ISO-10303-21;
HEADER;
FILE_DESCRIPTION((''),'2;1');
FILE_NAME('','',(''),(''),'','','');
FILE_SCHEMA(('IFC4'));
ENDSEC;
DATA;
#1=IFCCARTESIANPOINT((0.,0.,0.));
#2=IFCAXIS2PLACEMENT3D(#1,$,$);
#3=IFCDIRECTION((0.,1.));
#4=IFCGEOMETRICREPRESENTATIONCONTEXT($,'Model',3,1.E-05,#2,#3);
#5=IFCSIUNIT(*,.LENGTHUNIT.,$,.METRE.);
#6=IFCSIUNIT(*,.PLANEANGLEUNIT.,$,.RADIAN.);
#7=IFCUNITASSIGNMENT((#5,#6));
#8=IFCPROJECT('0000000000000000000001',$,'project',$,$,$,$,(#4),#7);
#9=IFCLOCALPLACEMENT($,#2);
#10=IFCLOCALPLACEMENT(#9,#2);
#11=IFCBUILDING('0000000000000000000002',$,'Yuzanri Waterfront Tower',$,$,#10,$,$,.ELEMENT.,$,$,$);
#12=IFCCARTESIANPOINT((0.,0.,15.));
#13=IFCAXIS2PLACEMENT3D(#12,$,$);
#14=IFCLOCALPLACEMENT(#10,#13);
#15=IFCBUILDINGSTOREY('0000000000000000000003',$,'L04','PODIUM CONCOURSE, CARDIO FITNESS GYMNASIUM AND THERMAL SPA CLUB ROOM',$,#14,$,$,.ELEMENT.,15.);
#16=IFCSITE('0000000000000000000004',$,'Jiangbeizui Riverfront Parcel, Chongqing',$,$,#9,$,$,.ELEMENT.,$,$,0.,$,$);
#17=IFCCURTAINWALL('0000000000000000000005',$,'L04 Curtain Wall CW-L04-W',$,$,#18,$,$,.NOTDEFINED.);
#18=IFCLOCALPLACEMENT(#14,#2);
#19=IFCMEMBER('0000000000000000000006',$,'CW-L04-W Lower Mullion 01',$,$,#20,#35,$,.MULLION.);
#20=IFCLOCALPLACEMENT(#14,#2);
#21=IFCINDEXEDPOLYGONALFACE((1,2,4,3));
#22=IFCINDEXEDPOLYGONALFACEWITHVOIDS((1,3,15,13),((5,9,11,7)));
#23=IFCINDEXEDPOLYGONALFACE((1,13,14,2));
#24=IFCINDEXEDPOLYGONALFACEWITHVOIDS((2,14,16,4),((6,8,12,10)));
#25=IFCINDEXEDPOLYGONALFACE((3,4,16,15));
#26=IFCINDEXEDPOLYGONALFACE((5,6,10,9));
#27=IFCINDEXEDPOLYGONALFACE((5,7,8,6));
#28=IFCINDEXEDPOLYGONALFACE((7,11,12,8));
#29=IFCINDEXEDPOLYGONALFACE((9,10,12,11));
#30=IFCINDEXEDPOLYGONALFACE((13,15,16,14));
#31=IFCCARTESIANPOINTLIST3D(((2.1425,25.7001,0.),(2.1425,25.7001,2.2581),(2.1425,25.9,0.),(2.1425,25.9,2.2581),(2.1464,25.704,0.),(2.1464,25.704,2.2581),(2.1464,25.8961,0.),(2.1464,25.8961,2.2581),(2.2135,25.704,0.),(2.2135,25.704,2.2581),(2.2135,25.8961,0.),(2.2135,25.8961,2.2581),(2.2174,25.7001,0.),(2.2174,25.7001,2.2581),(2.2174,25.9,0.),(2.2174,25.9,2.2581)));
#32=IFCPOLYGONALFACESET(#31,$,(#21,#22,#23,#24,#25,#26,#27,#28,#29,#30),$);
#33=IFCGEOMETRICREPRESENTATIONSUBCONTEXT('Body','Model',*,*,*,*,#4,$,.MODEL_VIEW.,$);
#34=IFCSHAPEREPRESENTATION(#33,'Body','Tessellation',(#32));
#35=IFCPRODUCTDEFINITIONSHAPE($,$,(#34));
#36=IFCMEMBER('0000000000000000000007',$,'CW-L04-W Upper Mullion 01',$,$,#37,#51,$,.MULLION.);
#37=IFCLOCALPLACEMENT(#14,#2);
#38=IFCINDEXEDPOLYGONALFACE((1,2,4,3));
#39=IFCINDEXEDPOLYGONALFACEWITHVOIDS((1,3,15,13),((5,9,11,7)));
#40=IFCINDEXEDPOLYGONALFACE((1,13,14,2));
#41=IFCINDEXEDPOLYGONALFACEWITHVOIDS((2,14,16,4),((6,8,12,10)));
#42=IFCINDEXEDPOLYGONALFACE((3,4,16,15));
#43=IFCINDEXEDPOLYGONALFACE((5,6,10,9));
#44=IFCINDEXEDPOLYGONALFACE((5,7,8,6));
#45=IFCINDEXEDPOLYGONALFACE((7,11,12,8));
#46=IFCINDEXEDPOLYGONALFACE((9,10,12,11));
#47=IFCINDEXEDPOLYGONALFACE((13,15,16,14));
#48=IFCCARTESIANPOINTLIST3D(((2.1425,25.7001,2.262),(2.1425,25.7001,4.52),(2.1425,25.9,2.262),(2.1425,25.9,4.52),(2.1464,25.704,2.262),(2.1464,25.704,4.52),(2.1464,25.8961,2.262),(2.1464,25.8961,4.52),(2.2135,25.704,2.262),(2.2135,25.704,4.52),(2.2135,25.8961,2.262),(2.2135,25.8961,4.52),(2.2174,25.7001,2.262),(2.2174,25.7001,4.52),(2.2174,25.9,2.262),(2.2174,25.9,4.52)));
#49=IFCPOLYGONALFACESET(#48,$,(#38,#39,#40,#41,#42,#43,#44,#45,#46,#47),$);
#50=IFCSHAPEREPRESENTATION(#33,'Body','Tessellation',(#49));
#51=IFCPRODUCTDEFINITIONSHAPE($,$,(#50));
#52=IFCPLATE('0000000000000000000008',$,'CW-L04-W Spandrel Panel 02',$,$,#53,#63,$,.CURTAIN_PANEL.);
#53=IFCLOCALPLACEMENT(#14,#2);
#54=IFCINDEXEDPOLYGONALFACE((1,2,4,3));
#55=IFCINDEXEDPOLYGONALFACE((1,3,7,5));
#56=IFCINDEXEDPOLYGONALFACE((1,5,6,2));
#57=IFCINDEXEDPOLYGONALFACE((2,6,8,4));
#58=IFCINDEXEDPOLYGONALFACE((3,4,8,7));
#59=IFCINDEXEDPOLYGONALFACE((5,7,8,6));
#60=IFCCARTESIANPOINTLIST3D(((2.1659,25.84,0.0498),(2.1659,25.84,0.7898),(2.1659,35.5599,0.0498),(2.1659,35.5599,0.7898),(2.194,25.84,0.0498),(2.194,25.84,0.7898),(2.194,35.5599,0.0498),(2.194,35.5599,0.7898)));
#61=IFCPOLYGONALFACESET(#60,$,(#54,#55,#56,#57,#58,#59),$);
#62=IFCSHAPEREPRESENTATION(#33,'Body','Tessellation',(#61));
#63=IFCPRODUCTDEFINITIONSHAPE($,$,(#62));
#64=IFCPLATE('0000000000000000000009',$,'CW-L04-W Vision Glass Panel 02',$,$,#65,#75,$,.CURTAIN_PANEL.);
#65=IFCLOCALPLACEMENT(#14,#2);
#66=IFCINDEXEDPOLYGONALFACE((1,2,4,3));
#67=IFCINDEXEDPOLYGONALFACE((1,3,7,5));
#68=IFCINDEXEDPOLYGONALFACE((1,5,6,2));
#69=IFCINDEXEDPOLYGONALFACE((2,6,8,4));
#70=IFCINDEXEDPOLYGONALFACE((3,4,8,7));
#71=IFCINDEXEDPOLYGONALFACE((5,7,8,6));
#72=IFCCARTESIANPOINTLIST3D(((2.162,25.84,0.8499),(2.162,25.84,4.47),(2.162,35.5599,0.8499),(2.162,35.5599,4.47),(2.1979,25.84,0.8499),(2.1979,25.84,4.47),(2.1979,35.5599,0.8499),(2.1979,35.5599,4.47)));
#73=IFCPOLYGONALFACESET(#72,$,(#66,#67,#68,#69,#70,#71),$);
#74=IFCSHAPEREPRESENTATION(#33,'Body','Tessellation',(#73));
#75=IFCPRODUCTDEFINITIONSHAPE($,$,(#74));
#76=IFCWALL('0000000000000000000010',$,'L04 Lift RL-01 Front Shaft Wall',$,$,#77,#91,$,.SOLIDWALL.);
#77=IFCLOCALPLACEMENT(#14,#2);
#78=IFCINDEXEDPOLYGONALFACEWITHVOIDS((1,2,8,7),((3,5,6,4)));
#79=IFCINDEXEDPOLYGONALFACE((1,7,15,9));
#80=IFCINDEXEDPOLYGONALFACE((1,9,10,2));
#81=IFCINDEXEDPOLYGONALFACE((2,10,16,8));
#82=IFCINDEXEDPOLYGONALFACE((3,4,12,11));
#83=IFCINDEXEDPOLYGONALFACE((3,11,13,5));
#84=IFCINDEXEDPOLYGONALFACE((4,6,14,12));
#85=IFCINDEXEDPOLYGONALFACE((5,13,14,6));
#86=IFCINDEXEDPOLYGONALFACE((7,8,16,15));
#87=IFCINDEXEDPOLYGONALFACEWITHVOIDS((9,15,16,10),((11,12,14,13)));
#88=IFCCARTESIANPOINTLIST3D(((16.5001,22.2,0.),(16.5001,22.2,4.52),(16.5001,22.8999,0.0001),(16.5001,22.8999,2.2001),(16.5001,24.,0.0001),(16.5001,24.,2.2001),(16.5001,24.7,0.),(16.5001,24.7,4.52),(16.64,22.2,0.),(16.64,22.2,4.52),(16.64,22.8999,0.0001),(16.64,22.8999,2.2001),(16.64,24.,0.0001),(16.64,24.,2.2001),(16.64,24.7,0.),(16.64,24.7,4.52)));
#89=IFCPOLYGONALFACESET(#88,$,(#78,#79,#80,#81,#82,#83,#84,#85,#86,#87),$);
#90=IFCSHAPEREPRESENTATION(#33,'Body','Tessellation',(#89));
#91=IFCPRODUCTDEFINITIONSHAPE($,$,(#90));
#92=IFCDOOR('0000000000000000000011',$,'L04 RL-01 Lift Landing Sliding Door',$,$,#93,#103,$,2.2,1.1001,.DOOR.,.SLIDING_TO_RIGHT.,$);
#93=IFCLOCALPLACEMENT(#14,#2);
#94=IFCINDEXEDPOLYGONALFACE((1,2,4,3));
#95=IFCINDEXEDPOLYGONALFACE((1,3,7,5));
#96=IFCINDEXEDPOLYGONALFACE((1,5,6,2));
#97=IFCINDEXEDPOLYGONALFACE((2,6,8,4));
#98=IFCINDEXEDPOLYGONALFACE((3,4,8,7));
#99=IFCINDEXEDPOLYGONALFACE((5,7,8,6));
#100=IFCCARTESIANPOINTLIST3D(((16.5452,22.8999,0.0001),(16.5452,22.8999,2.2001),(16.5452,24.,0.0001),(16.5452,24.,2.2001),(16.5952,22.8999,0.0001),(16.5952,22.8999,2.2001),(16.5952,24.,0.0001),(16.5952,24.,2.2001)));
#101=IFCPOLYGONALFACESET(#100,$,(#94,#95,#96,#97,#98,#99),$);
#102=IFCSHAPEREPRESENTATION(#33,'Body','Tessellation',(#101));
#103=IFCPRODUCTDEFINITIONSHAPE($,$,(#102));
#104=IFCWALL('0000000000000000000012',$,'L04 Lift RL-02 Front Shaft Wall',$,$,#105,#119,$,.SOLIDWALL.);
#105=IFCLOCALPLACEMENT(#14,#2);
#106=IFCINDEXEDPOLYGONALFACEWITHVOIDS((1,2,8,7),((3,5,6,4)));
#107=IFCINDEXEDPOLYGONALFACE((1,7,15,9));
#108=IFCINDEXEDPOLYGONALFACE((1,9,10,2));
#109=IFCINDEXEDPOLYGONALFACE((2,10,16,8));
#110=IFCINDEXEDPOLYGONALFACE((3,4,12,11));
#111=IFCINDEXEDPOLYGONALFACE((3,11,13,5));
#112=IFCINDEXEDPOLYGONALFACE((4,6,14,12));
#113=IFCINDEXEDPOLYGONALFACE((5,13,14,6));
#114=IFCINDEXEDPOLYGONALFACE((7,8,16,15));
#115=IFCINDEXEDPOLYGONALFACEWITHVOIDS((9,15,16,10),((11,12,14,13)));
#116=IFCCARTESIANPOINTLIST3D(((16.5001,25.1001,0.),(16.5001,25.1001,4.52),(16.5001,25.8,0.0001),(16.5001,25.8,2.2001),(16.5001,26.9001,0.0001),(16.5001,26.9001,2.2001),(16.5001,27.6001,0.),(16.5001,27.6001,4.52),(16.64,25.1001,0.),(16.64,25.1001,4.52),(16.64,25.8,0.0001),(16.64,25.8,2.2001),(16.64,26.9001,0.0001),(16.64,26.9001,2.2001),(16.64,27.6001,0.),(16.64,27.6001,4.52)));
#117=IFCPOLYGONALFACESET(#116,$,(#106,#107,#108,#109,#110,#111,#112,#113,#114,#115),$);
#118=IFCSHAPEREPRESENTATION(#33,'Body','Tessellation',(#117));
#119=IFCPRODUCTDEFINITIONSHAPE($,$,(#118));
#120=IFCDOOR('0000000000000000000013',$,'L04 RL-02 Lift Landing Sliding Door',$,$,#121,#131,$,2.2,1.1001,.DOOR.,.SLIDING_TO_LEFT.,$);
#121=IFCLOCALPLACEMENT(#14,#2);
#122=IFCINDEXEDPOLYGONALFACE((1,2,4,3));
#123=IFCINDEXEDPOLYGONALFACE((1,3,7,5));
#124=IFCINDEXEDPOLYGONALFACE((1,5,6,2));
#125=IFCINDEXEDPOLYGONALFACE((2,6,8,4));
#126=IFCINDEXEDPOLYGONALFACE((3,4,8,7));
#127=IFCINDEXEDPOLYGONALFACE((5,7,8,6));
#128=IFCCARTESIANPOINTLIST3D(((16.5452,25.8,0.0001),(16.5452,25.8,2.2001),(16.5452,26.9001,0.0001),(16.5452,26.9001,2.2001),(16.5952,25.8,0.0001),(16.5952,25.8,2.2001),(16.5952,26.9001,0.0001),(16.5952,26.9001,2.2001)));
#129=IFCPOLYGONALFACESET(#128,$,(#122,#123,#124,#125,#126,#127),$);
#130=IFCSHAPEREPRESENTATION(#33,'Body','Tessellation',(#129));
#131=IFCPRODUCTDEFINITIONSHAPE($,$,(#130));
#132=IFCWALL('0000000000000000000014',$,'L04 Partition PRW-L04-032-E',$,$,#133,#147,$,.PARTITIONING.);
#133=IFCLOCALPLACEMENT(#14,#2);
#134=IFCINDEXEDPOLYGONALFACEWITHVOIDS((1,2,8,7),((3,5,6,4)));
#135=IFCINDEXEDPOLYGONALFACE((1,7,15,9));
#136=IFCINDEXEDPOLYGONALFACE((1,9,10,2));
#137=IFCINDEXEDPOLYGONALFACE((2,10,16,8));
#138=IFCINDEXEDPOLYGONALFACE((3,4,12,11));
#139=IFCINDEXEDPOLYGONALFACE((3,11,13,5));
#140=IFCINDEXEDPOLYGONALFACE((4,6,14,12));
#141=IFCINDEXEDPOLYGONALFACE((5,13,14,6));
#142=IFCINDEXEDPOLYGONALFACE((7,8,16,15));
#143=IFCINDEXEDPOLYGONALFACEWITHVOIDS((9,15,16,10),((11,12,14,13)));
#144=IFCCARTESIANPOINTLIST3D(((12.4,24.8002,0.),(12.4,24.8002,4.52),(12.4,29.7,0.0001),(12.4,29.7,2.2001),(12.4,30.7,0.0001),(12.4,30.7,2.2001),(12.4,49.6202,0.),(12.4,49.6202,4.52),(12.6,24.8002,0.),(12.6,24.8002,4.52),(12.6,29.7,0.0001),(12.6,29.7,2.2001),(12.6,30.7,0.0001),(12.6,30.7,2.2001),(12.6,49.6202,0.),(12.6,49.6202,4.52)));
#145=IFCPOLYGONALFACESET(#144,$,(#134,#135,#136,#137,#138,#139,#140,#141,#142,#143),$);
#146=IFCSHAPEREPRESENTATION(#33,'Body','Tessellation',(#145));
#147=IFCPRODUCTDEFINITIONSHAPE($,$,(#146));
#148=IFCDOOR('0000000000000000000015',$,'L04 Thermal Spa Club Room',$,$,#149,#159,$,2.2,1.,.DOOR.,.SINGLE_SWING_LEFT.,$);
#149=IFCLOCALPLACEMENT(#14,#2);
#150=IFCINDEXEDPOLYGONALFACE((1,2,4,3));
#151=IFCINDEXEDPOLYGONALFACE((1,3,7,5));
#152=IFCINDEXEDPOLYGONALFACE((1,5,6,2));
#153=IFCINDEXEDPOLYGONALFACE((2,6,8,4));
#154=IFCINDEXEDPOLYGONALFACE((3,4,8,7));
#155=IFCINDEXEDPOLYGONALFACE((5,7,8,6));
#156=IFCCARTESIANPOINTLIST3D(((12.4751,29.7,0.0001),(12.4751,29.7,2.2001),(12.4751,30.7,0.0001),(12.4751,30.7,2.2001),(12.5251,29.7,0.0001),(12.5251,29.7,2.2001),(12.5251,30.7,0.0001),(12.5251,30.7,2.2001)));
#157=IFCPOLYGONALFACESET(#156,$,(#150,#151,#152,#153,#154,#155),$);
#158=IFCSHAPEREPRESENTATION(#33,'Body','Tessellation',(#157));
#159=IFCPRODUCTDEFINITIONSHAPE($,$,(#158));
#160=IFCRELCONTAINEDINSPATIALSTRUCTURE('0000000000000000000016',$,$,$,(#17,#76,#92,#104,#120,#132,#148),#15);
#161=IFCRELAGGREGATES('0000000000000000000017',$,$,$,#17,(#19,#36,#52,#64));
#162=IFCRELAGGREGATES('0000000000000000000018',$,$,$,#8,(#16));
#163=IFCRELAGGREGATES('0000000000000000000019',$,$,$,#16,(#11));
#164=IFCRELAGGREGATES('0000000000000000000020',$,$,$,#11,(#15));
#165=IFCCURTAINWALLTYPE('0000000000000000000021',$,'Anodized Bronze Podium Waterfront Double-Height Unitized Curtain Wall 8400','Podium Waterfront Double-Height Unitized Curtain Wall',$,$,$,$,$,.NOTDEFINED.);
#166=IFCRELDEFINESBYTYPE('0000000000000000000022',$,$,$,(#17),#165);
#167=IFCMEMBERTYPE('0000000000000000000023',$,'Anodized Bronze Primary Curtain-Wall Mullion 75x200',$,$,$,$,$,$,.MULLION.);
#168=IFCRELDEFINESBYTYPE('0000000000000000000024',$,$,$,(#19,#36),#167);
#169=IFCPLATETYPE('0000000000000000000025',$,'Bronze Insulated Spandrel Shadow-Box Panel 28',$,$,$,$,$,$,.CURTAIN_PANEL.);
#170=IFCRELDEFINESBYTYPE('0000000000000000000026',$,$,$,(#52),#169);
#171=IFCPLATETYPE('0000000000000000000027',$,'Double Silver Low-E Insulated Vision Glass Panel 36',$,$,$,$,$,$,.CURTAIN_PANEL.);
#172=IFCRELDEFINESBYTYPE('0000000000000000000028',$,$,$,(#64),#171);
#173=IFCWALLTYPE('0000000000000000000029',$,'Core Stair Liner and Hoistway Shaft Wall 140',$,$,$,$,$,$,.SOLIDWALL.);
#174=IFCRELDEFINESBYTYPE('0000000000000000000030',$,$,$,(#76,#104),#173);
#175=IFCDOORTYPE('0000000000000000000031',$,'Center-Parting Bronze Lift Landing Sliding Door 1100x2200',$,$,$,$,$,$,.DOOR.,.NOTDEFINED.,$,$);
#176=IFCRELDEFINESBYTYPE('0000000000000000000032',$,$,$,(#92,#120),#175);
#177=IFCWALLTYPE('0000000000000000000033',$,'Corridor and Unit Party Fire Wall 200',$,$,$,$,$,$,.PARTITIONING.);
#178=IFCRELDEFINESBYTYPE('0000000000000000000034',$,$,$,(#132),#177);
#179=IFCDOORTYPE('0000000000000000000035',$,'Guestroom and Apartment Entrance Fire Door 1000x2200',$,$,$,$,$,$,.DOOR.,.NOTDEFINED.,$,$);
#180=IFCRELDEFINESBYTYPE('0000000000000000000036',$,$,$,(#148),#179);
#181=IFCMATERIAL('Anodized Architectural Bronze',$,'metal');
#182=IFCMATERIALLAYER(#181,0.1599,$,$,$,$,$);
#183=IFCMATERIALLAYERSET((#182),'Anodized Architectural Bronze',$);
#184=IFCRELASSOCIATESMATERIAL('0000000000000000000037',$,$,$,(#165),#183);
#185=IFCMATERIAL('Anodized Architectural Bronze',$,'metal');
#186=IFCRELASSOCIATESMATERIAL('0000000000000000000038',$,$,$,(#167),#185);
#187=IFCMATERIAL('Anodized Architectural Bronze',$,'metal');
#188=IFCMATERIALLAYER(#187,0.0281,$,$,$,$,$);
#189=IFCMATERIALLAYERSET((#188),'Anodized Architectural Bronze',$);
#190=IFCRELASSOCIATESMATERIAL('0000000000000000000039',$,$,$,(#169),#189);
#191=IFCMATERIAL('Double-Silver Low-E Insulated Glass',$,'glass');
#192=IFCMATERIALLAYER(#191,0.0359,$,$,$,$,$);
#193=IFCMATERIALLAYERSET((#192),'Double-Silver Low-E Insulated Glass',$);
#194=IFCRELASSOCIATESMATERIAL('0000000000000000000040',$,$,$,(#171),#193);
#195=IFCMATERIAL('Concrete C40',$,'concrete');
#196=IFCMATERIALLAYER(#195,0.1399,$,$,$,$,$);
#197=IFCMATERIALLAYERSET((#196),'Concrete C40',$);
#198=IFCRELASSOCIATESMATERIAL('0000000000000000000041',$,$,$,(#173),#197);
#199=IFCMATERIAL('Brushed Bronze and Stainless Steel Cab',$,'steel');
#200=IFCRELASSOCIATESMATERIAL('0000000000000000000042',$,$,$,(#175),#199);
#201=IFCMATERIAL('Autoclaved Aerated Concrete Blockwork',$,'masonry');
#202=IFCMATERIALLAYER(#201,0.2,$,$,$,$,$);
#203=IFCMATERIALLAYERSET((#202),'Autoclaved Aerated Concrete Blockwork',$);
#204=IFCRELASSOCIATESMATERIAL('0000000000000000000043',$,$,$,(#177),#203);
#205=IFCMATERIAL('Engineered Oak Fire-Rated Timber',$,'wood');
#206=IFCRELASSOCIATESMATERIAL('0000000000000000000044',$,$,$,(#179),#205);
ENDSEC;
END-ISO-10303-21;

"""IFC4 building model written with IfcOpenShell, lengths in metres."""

from ifc_helpers import new_model, si_unit, direction, frame, frame_2d, origin, origin_2d, place, context, subcontext, project, spatial, rectangle, hollow_rectangle, extrude, source, transform, mapped, material, layer, layer_set, material_profile, profile_set, type_object, element, fill, aggregate, save


model = new_model("IFC4")

# Units and contexts
model_context = context("Model", 3, precision=1e-05, world=origin(), true_north=direction((0.0, 1.0)))
body_context = subcontext(model_context, "Body", "Model", "MODEL_VIEW")
ifc_project = project(units=[si_unit("LENGTHUNIT", "METRE"), si_unit("PLANEANGLEUNIT", "RADIAN")], contexts=[model_context])

# Site, building, storey
site_placement = place(None, origin())
site = spatial("IfcSite", under=ifc_project, at=site_placement, Name="Jiangbeizui Riverfront Parcel, Chongqing", CompositionType="ELEMENT", RefElevation=0.0)
building_placement = place(site_placement, origin())
building = spatial("IfcBuilding", under=site, at=building_placement, Name="Yuzanri Waterfront Tower", CompositionType="ELEMENT")
storey_placement = place(building_placement, frame((0.0, 0.0, 15.0)))
storey = spatial("IfcBuildingStorey", under=building, at=storey_placement, Name="L04", Description="PODIUM CONCOURSE, CARDIO FITNESS GYMNASIUM AND THERMAL SPA CLUB ROOM", CompositionType="ELEMENT", Elevation=15.0)

# Curtain wall, members, plates
ifc_material_1 = material(Name="Anodized Architectural Bronze", Category="metal")
ifc_layer_1 = layer(ifc_material_1, 0.1599)
ifc_layer_set_1 = layer_set([ifc_layer_1], Name="Anodized Architectural Bronze")
curtain_wall_type = type_object("IfcCurtainWallType", Name="Anodized Bronze Podium Waterfront Double-Height Unitized Curtain Wall 8400", Description="Podium Waterfront Double-Height Unitized Curtain Wall", PredefinedType="NOTDEFINED", material=ifc_layer_set_1)
curtain_wall_placement = place(storey_placement, origin())
curtain_wall = element("IfcCurtainWall", 1, at=curtain_wall_placement, inside=storey, type_object=curtain_wall_type, Name="L04 Curtain Wall CW-L04-W", PredefinedType="NOTDEFINED")
ifc_material_2 = material(Name="Anodized Architectural Bronze", Category="metal")
ifc_material_profile_1 = material_profile(ifc_material_2, hollow_rectangle(XDim=0.075, YDim=0.2, WallThickness=0.0039, at=origin_2d()), Name="CWM 75x200")
ifc_profile_set_1 = profile_set([ifc_material_profile_1], Name="Anodized Architectural Bronze")
member_type = type_object("IfcMemberType", Name="Anodized Bronze Primary Curtain-Wall Mullion 75x200", PredefinedType="MULLION", material=ifc_profile_set_1)
shared_shape_1 = source(origin(), body_context, "Body", "SweptSolid", [
    extrude(hollow_rectangle(XDim=0.075, YDim=0.2, WallThickness=0.0039, at=origin_2d()), origin(), (0.0, 0.0, 1.0), 2.2581),
])
member_1_placement = place(storey_placement, frame((2.1799, 25.8, 0.0), z_axis=(0.0, 0.0, 1.0), x_axis=(1.0, 0.0, 0.0)))
member_1 = element("IfcMember", 2, at=member_1_placement, type_object=member_type, Name="CW-L04-W Lower Mullion 01", PredefinedType="MULLION", context=body_context, shape_type="MappedRepresentation", body=[
    mapped(shared_shape_1, transform((0.0, 0.0, 0.0), scale=1.0)),
])
member_2_placement = place(storey_placement, frame((2.1799, 25.8, 2.262), z_axis=(0.0, 0.0, 1.0), x_axis=(1.0, 0.0, 0.0)))
member_2 = element("IfcMember", 3, at=member_2_placement, type_object=member_type, Name="CW-L04-W Upper Mullion 01", PredefinedType="MULLION", context=body_context, shape_type="MappedRepresentation", body=[
    mapped(shared_shape_1, transform((0.0, 0.0, 0.0), scale=1.0)),
])
ifc_material_3 = material(Name="Anodized Architectural Bronze", Category="metal")
ifc_layer_2 = layer(ifc_material_3, 0.0281)
ifc_layer_set_2 = layer_set([ifc_layer_2], Name="Anodized Architectural Bronze")
plate_type_1 = type_object("IfcPlateType", Name="Bronze Insulated Spandrel Shadow-Box Panel 28", PredefinedType="CURTAIN_PANEL", material=ifc_layer_set_2)
shared_shape_2 = source(origin(), body_context, "Body", "SweptSolid", [
    extrude(rectangle(XDim=9.72, YDim=0.0281, at=origin_2d()), origin(), (0.0, 0.0, 1.0), 0.74),
])
plate_1_placement = place(storey_placement, frame((2.1799, 30.7, 0.0498), z_axis=(0.0, 0.0, 1.0), x_axis=(0.0, 1.0, 0.0)))
plate_1 = element("IfcPlate", 4, at=plate_1_placement, type_object=plate_type_1, Name="CW-L04-W Spandrel Panel 02", PredefinedType="CURTAIN_PANEL", context=body_context, shape_type="MappedRepresentation", body=[
    mapped(shared_shape_2, transform((0.0, 0.0, 0.0), scale=1.0)),
])
ifc_material_4 = material(Name="Double-Silver Low-E Insulated Glass", Category="glass")
ifc_layer_3 = layer(ifc_material_4, 0.0359)
ifc_layer_set_3 = layer_set([ifc_layer_3], Name="Double-Silver Low-E Insulated Glass")
plate_type_2 = type_object("IfcPlateType", Name="Double Silver Low-E Insulated Vision Glass Panel 36", PredefinedType="CURTAIN_PANEL", material=ifc_layer_set_3)
shared_shape_3 = source(origin(), body_context, "Body", "SweptSolid", [
    extrude(rectangle(XDim=9.72, YDim=0.0359, at=origin_2d()), origin(), (0.0, 0.0, 1.0), 3.6201),
])
plate_2_placement = place(storey_placement, frame((2.1799, 30.7, 0.8499), z_axis=(0.0, 0.0, 1.0), x_axis=(0.0, 1.0, 0.0)))
plate_2 = element("IfcPlate", 5, at=plate_2_placement, type_object=plate_type_2, Name="CW-L04-W Vision Glass Panel 02", PredefinedType="CURTAIN_PANEL", context=body_context, shape_type="MappedRepresentation", body=[
    mapped(shared_shape_3, transform((0.0, 0.0, 0.0), scale=1.0)),
])
aggregate(curtain_wall, [member_1, member_2, plate_1, plate_2])

# Walls, openings, doors
ifc_material_5 = material(Name="Concrete C40", Category="concrete")
ifc_layer_4 = layer(ifc_material_5, 0.1399)
ifc_layer_set_4 = layer_set([ifc_layer_4], Name="Concrete C40")
wall_type_1 = type_object("IfcWallType", Name="Core Stair Liner and Hoistway Shaft Wall 140", PredefinedType="SOLIDWALL", material=ifc_layer_set_4)
wall_1_placement = place(storey_placement, frame((16.5701, 22.2, 0.0), z_axis=(0.0, 0.0, 1.0), x_axis=(0.0, 1.0, 0.0)))
wall_1 = element("IfcWall", 6, at=wall_1_placement, inside=storey, type_object=wall_type_1, Name="L04 Lift RL-01 Front Shaft Wall", PredefinedType="SOLIDWALL", context=body_context, shape_type="SweptSolid", body=[
    extrude(rectangle(XDim=2.5, YDim=0.1399, at=frame_2d((1.25, 0.0))), origin(), (0.0, 0.0, 1.0), 4.52),
])
opening_1_placement = place(wall_1_placement, frame((0.7, 0.0, 0.0)))
opening_1 = element("IfcOpeningElement", 7, at=opening_1_placement, cuts=wall_1, PredefinedType="OPENING", context=body_context, shape_type="SweptSolid", body=[
    extrude(rectangle(XDim=1.1001, YDim=2.2, at=frame_2d((0.55, 1.1001))), frame((0.0, 0.085, 0.0), z_axis=(0.0, -1.0, 0.0), x_axis=(1.0, 0.0, 0.0)), (0.0, 0.0, 1.0), 0.1697),
])
ifc_material_6 = material(Name="Brushed Bronze and Stainless Steel Cab", Category="steel")
door_type_1 = type_object("IfcDoorType", Name="Center-Parting Bronze Lift Landing Sliding Door 1100x2200", OperationType="NOTDEFINED", PredefinedType="DOOR", material=ifc_material_6)
shared_shape_4 = source(origin(), body_context, "Body", "SweptSolid", [
    extrude(rectangle(XDim=1.1001, YDim=2.2, at=frame_2d((0.55, 1.1001))), frame((0.0, 0.0249, 0.0), z_axis=(0.0, -1.0, 0.0), x_axis=(1.0, 0.0, 0.0)), (0.0, 0.0, 1.0), 0.05),
])
door_1_placement = place(opening_1_placement, origin())
door_1 = element("IfcDoor", 8, at=door_1_placement, inside=storey, type_object=door_type_1, Name="L04 RL-01 Lift Landing Sliding Door", OperationType="SLIDING_TO_RIGHT", OverallHeight=2.2, OverallWidth=1.1001, PredefinedType="DOOR", context=body_context, shape_type="MappedRepresentation", body=[
    mapped(shared_shape_4, transform((0.0, 0.0, 0.0), scale=1.0)),
])
fill(opening_1, door_1)
wall_2_placement = place(storey_placement, frame((16.5701, 25.1001, 0.0), z_axis=(0.0, 0.0, 1.0), x_axis=(0.0, 1.0, 0.0)))
wall_2 = element("IfcWall", 9, at=wall_2_placement, inside=storey, type_object=wall_type_1, Name="L04 Lift RL-02 Front Shaft Wall", PredefinedType="SOLIDWALL", context=body_context, shape_type="SweptSolid", body=[
    extrude(rectangle(XDim=2.5, YDim=0.1399, at=frame_2d((1.25, 0.0))), origin(), (0.0, 0.0, 1.0), 4.52),
])
opening_2_placement = place(wall_2_placement, frame((0.7, 0.0, 0.0)))
opening_2 = element("IfcOpeningElement", 10, at=opening_2_placement, cuts=wall_2, PredefinedType="OPENING", context=body_context, shape_type="SweptSolid", body=[
    extrude(rectangle(XDim=1.1001, YDim=2.2, at=frame_2d((0.55, 1.1001))), frame((0.0, 0.085, 0.0), z_axis=(0.0, -1.0, 0.0), x_axis=(1.0, 0.0, 0.0)), (0.0, 0.0, 1.0), 0.1697),
])
door_2_placement = place(opening_2_placement, origin())
door_2 = element("IfcDoor", 11, at=door_2_placement, inside=storey, type_object=door_type_1, Name="L04 RL-02 Lift Landing Sliding Door", OperationType="SLIDING_TO_LEFT", OverallHeight=2.2, OverallWidth=1.1001, PredefinedType="DOOR", context=body_context, shape_type="MappedRepresentation", body=[
    mapped(shared_shape_4, transform((0.0, 0.0, 0.0), scale=1.0)),
])
fill(opening_2, door_2)
ifc_material_7 = material(Name="Autoclaved Aerated Concrete Blockwork", Category="masonry")
ifc_layer_5 = layer(ifc_material_7, 0.2)
ifc_layer_set_5 = layer_set([ifc_layer_5], Name="Autoclaved Aerated Concrete Blockwork")
wall_type_2 = type_object("IfcWallType", Name="Corridor and Unit Party Fire Wall 200", PredefinedType="PARTITIONING", material=ifc_layer_set_5)
wall_3_placement = place(storey_placement, frame((12.5, 24.8, 0.0), z_axis=(0.0, 0.0, 1.0), x_axis=(0.0, 1.0, 0.0)))
wall_3 = element("IfcWall", 12, at=wall_3_placement, inside=storey, type_object=wall_type_2, Name="L04 Partition PRW-L04-032-E", PredefinedType="PARTITIONING", context=body_context, shape_type="SweptSolid", body=[
    extrude(rectangle(XDim=24.8201, YDim=0.2, at=frame_2d((12.4102, 0.0))), origin(), (0.0, 0.0, 1.0), 4.52),
])
opening_3_placement = place(wall_3_placement, frame((4.8999, 0.0, 0.0)))
opening_3 = element("IfcOpeningElement", 13, at=opening_3_placement, cuts=wall_3, PredefinedType="OPENING", context=body_context, shape_type="SweptSolid", body=[
    extrude(rectangle(XDim=1.0, YDim=2.2, at=frame_2d((0.5, 1.1001))), frame((0.0, 0.1147, 0.0), z_axis=(0.0, -1.0, 0.0), x_axis=(1.0, 0.0, 0.0)), (0.0, 0.0, 1.0), 0.2297),
])
ifc_material_8 = material(Name="Engineered Oak Fire-Rated Timber", Category="wood")
door_type_2 = type_object("IfcDoorType", Name="Guestroom and Apartment Entrance Fire Door 1000x2200", OperationType="NOTDEFINED", PredefinedType="DOOR", material=ifc_material_8)
shared_shape_5 = source(origin(), body_context, "Body", "SweptSolid", [
    extrude(rectangle(XDim=1.0, YDim=2.2, at=frame_2d((0.5, 1.1001))), frame((0.0, 0.0249, 0.0), z_axis=(0.0, -1.0, 0.0), x_axis=(1.0, 0.0, 0.0)), (0.0, 0.0, 1.0), 0.05),
])
door_3_placement = place(opening_3_placement, origin())
door_3 = element("IfcDoor", 14, at=door_3_placement, inside=storey, type_object=door_type_2, Name="L04 Thermal Spa Club Room", OperationType="SINGLE_SWING_LEFT", OverallHeight=2.2, OverallWidth=1.0, PredefinedType="DOOR", context=body_context, shape_type="MappedRepresentation", body=[
    mapped(shared_shape_5, transform((0.0, 0.0, 0.0), scale=1.0)),
])
fill(opening_3, door_3)

save(model, "model.ifc")
